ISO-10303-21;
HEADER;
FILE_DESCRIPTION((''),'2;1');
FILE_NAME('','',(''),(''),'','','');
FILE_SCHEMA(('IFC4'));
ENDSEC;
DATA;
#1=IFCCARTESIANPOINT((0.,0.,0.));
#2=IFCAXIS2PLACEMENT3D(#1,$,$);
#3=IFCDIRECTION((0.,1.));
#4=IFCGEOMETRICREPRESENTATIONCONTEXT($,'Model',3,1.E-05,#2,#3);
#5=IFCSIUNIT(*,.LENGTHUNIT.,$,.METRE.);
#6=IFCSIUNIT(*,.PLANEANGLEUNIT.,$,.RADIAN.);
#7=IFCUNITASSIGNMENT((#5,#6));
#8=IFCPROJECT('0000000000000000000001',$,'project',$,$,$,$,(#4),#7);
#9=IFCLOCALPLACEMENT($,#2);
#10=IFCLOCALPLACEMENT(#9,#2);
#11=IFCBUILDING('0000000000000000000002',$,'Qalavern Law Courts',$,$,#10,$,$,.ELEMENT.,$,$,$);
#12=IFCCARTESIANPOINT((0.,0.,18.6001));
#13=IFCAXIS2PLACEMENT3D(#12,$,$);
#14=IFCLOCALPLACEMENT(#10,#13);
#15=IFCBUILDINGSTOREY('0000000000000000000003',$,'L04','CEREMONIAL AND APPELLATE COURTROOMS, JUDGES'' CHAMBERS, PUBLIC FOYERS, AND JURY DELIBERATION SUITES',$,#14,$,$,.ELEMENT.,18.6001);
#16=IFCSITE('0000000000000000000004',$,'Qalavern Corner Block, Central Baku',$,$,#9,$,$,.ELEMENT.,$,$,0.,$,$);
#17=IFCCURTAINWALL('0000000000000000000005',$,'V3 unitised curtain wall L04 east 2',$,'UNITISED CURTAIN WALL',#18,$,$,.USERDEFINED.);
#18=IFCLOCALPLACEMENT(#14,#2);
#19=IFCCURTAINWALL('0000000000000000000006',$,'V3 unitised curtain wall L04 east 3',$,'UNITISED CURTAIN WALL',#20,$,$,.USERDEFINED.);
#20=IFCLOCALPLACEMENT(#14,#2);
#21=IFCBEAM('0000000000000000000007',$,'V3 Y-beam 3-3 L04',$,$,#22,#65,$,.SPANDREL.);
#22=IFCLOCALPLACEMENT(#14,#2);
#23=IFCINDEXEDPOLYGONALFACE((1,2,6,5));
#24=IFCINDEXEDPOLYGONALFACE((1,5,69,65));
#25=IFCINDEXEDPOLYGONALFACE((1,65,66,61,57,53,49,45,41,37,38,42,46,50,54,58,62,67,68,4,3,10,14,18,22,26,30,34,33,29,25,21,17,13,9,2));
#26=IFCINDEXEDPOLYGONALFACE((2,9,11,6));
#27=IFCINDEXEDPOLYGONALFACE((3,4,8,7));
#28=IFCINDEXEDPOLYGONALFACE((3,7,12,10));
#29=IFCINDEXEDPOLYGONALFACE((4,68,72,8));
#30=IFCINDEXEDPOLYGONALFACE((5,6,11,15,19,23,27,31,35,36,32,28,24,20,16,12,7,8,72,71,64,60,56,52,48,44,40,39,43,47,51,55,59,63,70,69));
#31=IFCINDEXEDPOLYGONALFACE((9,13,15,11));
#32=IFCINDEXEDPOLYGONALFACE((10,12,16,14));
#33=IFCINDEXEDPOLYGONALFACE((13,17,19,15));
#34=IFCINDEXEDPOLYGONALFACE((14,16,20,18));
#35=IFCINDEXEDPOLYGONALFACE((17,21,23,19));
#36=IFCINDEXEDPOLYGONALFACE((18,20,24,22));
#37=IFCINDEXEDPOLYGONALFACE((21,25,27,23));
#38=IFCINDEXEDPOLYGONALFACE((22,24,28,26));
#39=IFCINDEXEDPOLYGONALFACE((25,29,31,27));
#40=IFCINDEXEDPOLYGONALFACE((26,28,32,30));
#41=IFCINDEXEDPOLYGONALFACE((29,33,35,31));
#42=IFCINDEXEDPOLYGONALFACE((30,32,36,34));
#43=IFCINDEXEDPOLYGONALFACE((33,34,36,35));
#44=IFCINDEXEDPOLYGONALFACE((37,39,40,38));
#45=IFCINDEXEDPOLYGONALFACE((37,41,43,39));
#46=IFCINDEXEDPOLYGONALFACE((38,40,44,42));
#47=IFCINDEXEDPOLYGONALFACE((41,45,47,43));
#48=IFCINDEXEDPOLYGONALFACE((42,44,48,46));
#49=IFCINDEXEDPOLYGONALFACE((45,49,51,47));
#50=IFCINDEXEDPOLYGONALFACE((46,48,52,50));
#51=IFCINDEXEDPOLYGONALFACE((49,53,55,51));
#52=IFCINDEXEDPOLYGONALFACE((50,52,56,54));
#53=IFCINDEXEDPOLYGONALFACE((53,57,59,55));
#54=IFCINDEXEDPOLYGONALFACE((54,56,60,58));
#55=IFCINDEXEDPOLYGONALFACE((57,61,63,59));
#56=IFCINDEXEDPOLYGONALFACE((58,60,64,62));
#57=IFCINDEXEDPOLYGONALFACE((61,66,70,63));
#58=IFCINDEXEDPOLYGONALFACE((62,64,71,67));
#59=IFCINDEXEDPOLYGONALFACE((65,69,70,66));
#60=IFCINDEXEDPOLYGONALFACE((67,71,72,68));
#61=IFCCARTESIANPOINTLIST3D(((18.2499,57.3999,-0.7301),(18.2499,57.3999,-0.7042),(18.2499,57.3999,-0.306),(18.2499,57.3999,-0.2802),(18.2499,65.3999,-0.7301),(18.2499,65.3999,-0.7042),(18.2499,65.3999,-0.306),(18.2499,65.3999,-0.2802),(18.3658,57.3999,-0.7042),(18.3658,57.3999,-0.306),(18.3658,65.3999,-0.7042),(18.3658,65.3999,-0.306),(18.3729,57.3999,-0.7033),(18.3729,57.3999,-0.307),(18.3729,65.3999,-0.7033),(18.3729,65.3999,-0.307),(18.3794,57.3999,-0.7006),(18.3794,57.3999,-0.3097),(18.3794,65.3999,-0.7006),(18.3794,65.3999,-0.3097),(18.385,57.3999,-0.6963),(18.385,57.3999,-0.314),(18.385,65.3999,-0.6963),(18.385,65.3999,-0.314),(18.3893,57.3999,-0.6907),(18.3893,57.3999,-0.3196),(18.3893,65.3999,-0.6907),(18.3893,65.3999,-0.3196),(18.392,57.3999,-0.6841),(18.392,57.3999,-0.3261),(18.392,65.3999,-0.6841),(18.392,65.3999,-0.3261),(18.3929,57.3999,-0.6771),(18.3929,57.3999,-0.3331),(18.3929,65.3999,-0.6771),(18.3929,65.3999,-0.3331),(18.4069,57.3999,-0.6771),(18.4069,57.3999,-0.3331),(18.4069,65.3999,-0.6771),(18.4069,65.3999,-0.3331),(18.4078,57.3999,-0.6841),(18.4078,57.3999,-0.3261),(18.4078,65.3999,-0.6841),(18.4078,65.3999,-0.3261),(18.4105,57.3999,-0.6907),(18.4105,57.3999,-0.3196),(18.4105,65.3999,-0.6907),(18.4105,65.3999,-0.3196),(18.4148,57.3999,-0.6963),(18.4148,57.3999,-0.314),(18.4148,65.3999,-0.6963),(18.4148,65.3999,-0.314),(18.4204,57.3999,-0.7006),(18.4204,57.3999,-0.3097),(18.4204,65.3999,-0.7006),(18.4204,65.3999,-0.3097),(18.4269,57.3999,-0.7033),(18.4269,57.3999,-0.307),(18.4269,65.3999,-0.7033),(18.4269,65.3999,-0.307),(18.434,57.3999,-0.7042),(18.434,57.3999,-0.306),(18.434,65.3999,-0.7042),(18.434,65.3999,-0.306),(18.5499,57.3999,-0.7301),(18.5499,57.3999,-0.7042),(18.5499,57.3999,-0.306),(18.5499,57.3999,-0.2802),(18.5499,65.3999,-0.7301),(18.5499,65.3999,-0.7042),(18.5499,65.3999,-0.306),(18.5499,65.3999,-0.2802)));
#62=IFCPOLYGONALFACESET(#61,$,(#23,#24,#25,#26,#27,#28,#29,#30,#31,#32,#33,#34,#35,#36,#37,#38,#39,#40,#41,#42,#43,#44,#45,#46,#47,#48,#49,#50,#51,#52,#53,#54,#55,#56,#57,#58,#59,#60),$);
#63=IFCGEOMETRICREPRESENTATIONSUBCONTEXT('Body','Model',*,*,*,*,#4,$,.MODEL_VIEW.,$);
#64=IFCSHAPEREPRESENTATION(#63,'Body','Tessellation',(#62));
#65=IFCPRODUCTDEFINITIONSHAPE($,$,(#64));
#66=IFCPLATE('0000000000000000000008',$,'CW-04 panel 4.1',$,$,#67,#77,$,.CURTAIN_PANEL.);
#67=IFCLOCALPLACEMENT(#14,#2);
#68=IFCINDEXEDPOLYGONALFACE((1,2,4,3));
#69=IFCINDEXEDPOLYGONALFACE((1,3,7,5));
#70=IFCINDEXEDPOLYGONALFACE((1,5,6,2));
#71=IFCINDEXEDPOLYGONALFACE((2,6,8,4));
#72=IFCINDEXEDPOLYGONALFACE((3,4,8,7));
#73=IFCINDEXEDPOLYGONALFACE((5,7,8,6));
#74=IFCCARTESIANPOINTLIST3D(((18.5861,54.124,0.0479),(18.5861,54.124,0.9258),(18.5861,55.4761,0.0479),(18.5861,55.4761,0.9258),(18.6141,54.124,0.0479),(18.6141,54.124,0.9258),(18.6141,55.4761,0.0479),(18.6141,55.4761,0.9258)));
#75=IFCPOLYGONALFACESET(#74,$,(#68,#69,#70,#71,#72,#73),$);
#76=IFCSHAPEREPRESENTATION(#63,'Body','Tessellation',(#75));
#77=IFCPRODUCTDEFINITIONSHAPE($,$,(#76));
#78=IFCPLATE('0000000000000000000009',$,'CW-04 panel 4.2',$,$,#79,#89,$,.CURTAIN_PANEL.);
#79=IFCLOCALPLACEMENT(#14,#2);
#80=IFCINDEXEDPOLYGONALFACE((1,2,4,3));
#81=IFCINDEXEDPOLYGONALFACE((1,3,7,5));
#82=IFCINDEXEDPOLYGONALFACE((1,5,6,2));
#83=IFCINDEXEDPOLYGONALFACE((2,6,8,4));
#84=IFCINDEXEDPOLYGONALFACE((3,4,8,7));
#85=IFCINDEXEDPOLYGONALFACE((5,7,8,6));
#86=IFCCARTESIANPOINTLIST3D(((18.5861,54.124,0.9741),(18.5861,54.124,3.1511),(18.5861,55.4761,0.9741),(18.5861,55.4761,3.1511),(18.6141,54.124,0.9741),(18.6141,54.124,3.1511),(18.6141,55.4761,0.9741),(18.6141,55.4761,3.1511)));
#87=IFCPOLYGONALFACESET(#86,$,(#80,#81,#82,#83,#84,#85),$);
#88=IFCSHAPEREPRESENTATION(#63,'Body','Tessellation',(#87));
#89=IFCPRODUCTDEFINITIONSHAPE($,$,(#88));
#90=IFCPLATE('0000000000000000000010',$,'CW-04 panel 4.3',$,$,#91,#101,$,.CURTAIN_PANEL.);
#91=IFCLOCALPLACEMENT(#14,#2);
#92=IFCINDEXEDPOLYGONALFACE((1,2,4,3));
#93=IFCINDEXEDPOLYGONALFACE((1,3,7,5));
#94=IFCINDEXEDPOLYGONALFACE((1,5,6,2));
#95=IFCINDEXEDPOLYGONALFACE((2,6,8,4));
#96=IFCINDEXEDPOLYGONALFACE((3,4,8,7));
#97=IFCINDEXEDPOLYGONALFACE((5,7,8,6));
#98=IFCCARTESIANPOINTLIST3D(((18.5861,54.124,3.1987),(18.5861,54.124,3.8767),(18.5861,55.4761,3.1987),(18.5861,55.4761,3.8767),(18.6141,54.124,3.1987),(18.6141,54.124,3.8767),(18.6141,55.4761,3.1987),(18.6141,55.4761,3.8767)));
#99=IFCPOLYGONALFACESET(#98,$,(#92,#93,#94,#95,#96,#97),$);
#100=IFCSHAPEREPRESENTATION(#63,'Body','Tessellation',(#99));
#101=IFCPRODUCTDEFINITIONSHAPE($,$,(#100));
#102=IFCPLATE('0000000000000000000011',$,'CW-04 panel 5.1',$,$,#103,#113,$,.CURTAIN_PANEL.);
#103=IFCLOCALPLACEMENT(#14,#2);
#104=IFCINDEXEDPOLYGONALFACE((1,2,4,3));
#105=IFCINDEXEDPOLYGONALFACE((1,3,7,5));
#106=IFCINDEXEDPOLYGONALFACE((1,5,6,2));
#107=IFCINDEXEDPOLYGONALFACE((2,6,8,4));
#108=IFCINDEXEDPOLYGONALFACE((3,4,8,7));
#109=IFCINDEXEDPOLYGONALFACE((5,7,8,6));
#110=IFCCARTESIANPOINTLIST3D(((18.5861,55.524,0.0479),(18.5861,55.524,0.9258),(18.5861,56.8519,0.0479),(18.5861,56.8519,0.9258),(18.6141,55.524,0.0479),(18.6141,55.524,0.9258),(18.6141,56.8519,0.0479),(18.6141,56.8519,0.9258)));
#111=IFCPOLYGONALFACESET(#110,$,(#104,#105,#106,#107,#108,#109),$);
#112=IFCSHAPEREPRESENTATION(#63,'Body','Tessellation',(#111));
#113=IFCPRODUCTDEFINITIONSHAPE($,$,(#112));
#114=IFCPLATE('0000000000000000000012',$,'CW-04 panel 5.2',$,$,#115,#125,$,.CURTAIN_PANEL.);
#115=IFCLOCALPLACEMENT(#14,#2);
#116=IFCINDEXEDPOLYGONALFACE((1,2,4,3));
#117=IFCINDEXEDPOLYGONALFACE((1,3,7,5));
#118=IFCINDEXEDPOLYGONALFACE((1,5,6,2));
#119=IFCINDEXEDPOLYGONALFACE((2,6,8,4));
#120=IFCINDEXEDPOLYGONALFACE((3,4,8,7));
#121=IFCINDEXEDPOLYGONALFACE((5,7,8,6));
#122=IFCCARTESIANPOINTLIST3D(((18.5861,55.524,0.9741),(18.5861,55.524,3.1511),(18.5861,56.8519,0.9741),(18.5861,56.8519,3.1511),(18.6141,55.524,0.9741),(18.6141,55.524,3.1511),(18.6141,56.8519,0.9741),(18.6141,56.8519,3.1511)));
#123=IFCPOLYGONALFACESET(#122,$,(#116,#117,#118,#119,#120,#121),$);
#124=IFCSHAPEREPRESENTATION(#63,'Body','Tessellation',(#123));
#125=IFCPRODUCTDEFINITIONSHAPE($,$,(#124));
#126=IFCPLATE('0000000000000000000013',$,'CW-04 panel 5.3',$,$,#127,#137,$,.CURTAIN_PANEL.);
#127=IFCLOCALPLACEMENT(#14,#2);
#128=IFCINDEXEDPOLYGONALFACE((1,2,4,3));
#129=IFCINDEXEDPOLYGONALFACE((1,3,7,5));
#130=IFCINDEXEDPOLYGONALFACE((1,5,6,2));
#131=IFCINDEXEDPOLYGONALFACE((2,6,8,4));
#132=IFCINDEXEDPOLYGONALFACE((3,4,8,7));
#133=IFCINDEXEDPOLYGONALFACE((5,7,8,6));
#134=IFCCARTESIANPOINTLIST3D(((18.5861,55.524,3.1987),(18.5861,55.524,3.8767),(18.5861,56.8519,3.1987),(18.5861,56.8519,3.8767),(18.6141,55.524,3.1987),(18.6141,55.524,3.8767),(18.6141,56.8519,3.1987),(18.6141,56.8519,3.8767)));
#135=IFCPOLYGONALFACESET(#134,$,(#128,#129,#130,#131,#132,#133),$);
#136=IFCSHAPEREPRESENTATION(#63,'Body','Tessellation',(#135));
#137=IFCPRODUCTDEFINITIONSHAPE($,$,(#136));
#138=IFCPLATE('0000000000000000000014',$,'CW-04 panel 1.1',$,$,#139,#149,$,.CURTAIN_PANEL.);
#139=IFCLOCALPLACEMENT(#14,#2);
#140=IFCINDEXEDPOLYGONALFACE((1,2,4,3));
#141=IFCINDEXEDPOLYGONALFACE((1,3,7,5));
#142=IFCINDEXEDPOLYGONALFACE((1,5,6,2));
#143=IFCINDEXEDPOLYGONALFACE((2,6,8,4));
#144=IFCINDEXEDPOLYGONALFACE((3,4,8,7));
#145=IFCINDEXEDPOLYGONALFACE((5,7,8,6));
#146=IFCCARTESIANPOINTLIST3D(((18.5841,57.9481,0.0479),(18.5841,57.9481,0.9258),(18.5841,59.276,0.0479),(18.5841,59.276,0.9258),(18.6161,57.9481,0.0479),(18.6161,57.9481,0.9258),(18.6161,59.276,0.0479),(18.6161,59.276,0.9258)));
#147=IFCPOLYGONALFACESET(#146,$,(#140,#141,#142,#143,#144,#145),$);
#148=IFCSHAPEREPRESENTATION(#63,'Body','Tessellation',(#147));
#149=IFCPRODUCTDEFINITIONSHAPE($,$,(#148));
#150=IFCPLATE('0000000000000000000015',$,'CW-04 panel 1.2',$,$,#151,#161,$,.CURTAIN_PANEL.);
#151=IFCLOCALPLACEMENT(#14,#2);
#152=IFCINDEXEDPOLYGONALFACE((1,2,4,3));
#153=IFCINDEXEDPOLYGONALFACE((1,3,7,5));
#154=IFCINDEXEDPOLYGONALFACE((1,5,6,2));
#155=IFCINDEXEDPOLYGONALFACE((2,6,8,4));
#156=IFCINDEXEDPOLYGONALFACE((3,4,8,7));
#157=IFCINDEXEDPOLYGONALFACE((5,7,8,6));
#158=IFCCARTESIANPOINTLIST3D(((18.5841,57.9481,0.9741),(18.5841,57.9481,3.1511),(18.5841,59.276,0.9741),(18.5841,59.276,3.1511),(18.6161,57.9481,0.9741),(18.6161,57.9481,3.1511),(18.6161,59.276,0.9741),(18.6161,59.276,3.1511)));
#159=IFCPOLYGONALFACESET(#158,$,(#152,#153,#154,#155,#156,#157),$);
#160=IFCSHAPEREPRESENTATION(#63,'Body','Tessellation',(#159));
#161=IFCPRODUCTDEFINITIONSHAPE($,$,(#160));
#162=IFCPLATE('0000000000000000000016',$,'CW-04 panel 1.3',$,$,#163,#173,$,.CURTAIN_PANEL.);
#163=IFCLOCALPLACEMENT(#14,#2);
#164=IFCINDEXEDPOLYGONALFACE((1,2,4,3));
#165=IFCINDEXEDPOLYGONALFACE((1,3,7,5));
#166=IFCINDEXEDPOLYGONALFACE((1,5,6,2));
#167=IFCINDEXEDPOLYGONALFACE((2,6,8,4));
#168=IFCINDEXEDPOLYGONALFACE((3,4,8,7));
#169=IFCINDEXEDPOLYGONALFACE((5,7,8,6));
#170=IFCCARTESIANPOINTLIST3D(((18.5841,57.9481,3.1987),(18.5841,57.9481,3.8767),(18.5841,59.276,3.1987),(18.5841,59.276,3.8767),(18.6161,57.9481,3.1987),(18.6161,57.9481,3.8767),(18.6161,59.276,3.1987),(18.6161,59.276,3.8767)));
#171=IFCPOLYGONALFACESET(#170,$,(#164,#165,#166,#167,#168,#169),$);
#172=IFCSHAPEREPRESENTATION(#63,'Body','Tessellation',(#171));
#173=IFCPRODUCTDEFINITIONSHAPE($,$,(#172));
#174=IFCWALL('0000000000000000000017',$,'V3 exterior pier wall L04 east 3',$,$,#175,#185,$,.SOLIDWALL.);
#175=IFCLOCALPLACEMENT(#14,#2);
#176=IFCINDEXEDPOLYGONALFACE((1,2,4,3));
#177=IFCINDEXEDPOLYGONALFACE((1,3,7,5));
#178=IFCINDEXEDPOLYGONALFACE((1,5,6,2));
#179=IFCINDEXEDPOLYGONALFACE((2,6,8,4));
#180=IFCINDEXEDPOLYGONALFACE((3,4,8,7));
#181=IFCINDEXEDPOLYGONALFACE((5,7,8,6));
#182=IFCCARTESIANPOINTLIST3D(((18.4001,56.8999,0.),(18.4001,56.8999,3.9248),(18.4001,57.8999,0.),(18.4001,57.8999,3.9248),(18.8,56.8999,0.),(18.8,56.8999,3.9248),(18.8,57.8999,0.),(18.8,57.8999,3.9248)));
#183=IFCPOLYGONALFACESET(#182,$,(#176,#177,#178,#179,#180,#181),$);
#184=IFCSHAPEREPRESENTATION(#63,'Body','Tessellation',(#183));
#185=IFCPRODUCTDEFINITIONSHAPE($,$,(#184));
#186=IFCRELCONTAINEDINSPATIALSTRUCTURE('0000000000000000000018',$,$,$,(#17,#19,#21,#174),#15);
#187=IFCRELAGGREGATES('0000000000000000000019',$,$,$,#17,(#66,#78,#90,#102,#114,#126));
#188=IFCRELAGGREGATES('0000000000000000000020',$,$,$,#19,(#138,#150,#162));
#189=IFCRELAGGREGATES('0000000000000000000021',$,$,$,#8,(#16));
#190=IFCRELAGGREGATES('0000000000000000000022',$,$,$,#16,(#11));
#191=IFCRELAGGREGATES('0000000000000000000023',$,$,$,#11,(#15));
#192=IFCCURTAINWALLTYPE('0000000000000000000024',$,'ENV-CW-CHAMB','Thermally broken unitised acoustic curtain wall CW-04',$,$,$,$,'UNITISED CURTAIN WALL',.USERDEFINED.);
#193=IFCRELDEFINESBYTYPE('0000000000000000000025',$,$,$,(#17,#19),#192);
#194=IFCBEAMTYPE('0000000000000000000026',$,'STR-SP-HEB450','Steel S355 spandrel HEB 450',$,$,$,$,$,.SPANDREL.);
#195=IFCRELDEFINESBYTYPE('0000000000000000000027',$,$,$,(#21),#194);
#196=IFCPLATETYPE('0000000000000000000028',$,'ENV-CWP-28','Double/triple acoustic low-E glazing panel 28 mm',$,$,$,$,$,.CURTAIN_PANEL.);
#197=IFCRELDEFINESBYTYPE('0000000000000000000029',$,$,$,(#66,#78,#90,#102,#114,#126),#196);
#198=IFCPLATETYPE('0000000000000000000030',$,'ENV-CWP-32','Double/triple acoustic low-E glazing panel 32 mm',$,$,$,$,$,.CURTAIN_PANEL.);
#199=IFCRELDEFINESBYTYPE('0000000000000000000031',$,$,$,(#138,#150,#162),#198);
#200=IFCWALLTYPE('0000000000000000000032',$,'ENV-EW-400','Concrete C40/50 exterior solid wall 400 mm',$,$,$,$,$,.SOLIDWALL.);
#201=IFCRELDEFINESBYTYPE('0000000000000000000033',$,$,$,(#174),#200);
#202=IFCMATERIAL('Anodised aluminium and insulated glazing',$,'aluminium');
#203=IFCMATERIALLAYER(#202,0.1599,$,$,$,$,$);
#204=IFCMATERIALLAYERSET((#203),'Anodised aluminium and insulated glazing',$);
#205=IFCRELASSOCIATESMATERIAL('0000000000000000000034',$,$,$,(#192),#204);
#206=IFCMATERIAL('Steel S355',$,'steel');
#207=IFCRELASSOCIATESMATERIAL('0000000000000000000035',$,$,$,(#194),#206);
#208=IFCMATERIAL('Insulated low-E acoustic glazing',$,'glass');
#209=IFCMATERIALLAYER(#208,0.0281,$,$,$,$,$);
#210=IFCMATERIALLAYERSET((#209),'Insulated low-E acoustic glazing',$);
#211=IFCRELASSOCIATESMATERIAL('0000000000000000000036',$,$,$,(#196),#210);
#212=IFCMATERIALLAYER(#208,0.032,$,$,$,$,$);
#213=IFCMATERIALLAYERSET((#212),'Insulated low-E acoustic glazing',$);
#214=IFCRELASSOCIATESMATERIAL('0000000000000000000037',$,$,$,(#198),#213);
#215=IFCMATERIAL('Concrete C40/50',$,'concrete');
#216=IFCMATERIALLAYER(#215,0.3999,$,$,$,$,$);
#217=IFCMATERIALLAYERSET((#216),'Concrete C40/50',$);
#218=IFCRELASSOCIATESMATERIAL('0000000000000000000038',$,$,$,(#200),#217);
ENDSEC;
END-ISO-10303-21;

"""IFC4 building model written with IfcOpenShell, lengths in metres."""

from ifc_helpers import new_model, si_unit, direction, frame, frame_2d, origin, origin_2d, place, context, subcontext, project, spatial, rectangle, i_section, extrude, material, layer, layer_set, material_profile, profile_set, type_object, element, aggregate, save


model = new_model("IFC4")

# Units and contexts
model_context = context("Model", 3, precision=1e-05, world=origin(), true_north=direction((0.0, 1.0)))
body_context = subcontext(model_context, "Body", "Model", "MODEL_VIEW")
ifc_project = project(units=[si_unit("LENGTHUNIT", "METRE"), si_unit("PLANEANGLEUNIT", "RADIAN")], contexts=[model_context])

# Site, building, storey
site_placement = place(None, origin())
site = spatial("IfcSite", under=ifc_project, at=site_placement, Name="Qalavern Corner Block, Central Baku", CompositionType="ELEMENT", RefElevation=0.0)
building_placement = place(site_placement, origin())
building = spatial("IfcBuilding", under=site, at=building_placement, Name="Qalavern Law Courts", CompositionType="ELEMENT")
storey_placement = place(building_placement, frame((0.0, 0.0, 18.6001)))
storey = spatial("IfcBuildingStorey", under=building, at=storey_placement, Name="L04", Description="CEREMONIAL AND APPELLATE COURTROOMS, JUDGES' CHAMBERS, PUBLIC FOYERS, AND JURY DELIBERATION SUITES", CompositionType="ELEMENT", Elevation=18.6001)

# Curtain wall
ifc_material_1 = material(Name="Anodised aluminium and insulated glazing", Category="aluminium")
ifc_layer_1 = layer(ifc_material_1, 0.1599)
ifc_layer_set_1 = layer_set([ifc_layer_1], Name="Anodised aluminium and insulated glazing")
curtain_wall_type = type_object("IfcCurtainWallType", Name="ENV-CW-CHAMB", Description="Thermally broken unitised acoustic curtain wall CW-04", ElementType="UNITISED CURTAIN WALL", PredefinedType="USERDEFINED", material=ifc_layer_set_1)
curtain_wall_1_placement = place(storey_placement, origin())
curtain_wall_1 = element("IfcCurtainWall", 1, at=curtain_wall_1_placement, inside=storey, type_object=curtain_wall_type, Name="V3 unitised curtain wall L04 east 2", ObjectType="UNITISED CURTAIN WALL", PredefinedType="USERDEFINED")

# Curtain wall
curtain_wall_2_placement = place(storey_placement, origin())
curtain_wall_2 = element("IfcCurtainWall", 2, at=curtain_wall_2_placement, inside=storey, type_object=curtain_wall_type, Name="V3 unitised curtain wall L04 east 3", ObjectType="UNITISED CURTAIN WALL", PredefinedType="USERDEFINED")

# Beam
ifc_material_2 = material(Name="Steel S355", Category="steel")
ifc_material_profile_1 = material_profile(ifc_material_2, i_section(OverallWidth=0.3, OverallDepth=0.45, WebThickness=0.0139, FlangeThickness=0.0259, FilletRadius=0.0271, at=origin_2d()), Name="HEB 450")
ifc_profile_set_1 = profile_set([ifc_material_profile_1], Name="Steel S355")
beam_type_1 = type_object("IfcBeamType", Name="STR-SP-HEB450", Description="Steel S355 spandrel HEB 450", PredefinedType="SPANDREL", material=ifc_profile_set_1)
beam_1_placement = place(storey_placement, frame((18.3999, 57.3999, -0.5051), z_axis=(0.0, 1.0, 0.0), x_axis=(-1.0, 0.0, 0.0)))
element("IfcBeam", 3, at=beam_1_placement, inside=storey, type_object=beam_type_1, Name="V3 Y-beam 3-3 L04", PredefinedType="SPANDREL", context=body_context, shape_type="SweptSolid", body=[
    extrude(i_section(OverallWidth=0.3, OverallDepth=0.45, WebThickness=0.0139, FlangeThickness=0.0259, FilletRadius=0.0271, at=origin_2d()), origin(), (0.0, 0.0, 1.0), 8.0),
])

# Plates
ifc_material_3 = material(Name="Insulated low-E acoustic glazing", Category="glass")
ifc_layer_2 = layer(ifc_material_3, 0.0281)
ifc_layer_set_2 = layer_set([ifc_layer_2], Name="Insulated low-E acoustic glazing")
plate_type_1 = type_object("IfcPlateType", Name="ENV-CWP-28", Description="Double/triple acoustic low-E glazing panel 28 mm", PredefinedType="CURTAIN_PANEL", material=ifc_layer_set_2)
plate_1_placement = place(storey_placement, frame((18.6001, 54.8, 0.0479), z_axis=(0.0, 0.0, 1.0), x_axis=(0.0, 1.0, 0.0)))
plate_1 = element("IfcPlate", 4, at=plate_1_placement, type_object=plate_type_1, Name="CW-04 panel 4.1", PredefinedType="CURTAIN_PANEL", context=body_context, shape_type="SweptSolid", body=[
    extrude(rectangle(XDim=1.3521, YDim=0.0281, at=origin_2d()), origin(), (0.0, 0.0, 1.0), 0.8779),
])
plate_2_placement = place(storey_placement, frame((18.6001, 54.8, 0.9741), z_axis=(0.0, 0.0, 1.0), x_axis=(0.0, 1.0, 0.0)))
plate_2 = element("IfcPlate", 5, at=plate_2_placement, type_object=plate_type_1, Name="CW-04 panel 4.2", PredefinedType="CURTAIN_PANEL", context=body_context, shape_type="SweptSolid", body=[
    extrude(rectangle(XDim=1.3521, YDim=0.0281, at=origin_2d()), origin(), (0.0, 0.0, 1.0), 2.177),
])
plate_3_placement = place(storey_placement, frame((18.6001, 54.8, 3.1987), z_axis=(0.0, 0.0, 1.0), x_axis=(0.0, 1.0, 0.0)))
plate_3 = element("IfcPlate", 6, at=plate_3_placement, type_object=plate_type_1, Name="CW-04 panel 4.3", PredefinedType="CURTAIN_PANEL", context=body_context, shape_type="SweptSolid", body=[
    extrude(rectangle(XDim=1.3521, YDim=0.0281, at=origin_2d()), origin(), (0.0, 0.0, 1.0), 0.678),
])
plate_4_placement = place(storey_placement, frame((18.6001, 56.188, 0.0479), z_axis=(0.0, 0.0, 1.0), x_axis=(0.0, 1.0, 0.0)))
plate_4 = element("IfcPlate", 7, at=plate_4_placement, type_object=plate_type_1, Name="CW-04 panel 5.1", PredefinedType="CURTAIN_PANEL", context=body_context, shape_type="SweptSolid", body=[
    extrude(rectangle(XDim=1.3279, YDim=0.0281, at=origin_2d()), origin(), (0.0, 0.0, 1.0), 0.8779),
])
plate_5_placement = place(storey_placement, frame((18.6001, 56.188, 0.9741), z_axis=(0.0, 0.0, 1.0), x_axis=(0.0, 1.0, 0.0)))
plate_5 = element("IfcPlate", 8, at=plate_5_placement, type_object=plate_type_1, Name="CW-04 panel 5.2", PredefinedType="CURTAIN_PANEL", context=body_context, shape_type="SweptSolid", body=[
    extrude(rectangle(XDim=1.3279, YDim=0.0281, at=origin_2d()), origin(), (0.0, 0.0, 1.0), 2.177),
])
plate_6_placement = place(storey_placement, frame((18.6001, 56.188, 3.1987), z_axis=(0.0, 0.0, 1.0), x_axis=(0.0, 1.0, 0.0)))
plate_6 = element("IfcPlate", 9, at=plate_6_placement, type_object=plate_type_1, Name="CW-04 panel 5.3", PredefinedType="CURTAIN_PANEL", context=body_context, shape_type="SweptSolid", body=[
    extrude(rectangle(XDim=1.3279, YDim=0.0281, at=origin_2d()), origin(), (0.0, 0.0, 1.0), 0.678),
])
aggregate(curtain_wall_1, [plate_1, plate_2, plate_3, plate_4, plate_5, plate_6])
ifc_layer_3 = layer(ifc_material_3, 0.032)
ifc_layer_set_3 = layer_set([ifc_layer_3], Name="Insulated low-E acoustic glazing")
plate_type_2 = type_object("IfcPlateType", Name="ENV-CWP-32", Description="Double/triple acoustic low-E glazing panel 32 mm", PredefinedType="CURTAIN_PANEL", material=ifc_layer_set_3)
plate_7_placement = place(storey_placement, frame((18.6001, 58.6121, 0.0479), z_axis=(0.0, 0.0, 1.0), x_axis=(0.0, 1.0, 0.0)))
plate_7 = element("IfcPlate", 10, at=plate_7_placement, type_object=plate_type_2, Name="CW-04 panel 1.1", PredefinedType="CURTAIN_PANEL", context=body_context, shape_type="SweptSolid", body=[
    extrude(rectangle(XDim=1.3279, YDim=0.032, at=origin_2d()), origin(), (0.0, 0.0, 1.0), 0.8779),
])
plate_8_placement = place(storey_placement, frame((18.6001, 58.6121, 0.9741), z_axis=(0.0, 0.0, 1.0), x_axis=(0.0, 1.0, 0.0)))
plate_8 = element("IfcPlate", 11, at=plate_8_placement, type_object=plate_type_2, Name="CW-04 panel 1.2", PredefinedType="CURTAIN_PANEL", context=body_context, shape_type="SweptSolid", body=[
    extrude(rectangle(XDim=1.3279, YDim=0.032, at=origin_2d()), origin(), (0.0, 0.0, 1.0), 2.177),
])
plate_9_placement = place(storey_placement, frame((18.6001, 58.6121, 3.1987), z_axis=(0.0, 0.0, 1.0), x_axis=(0.0, 1.0, 0.0)))
plate_9 = element("IfcPlate", 12, at=plate_9_placement, type_object=plate_type_2, Name="CW-04 panel 1.3", PredefinedType="CURTAIN_PANEL", context=body_context, shape_type="SweptSolid", body=[
    extrude(rectangle(XDim=1.3279, YDim=0.032, at=origin_2d()), origin(), (0.0, 0.0, 1.0), 0.678),
])
aggregate(curtain_wall_2, [plate_7, plate_8, plate_9])

# Wall
ifc_material_4 = material(Name="Concrete C40/50", Category="concrete")
ifc_layer_4 = layer(ifc_material_4, 0.3999)
ifc_layer_set_4 = layer_set([ifc_layer_4], Name="Concrete C40/50")
wall_type = type_object("IfcWallType", Name="ENV-EW-400", Description="Concrete C40/50 exterior solid wall 400 mm", PredefinedType="SOLIDWALL", material=ifc_layer_set_4)
wall_placement = place(storey_placement, frame((18.6001, 56.8999, 0.0), z_axis=(0.0, 0.0, 1.0), x_axis=(0.0, 1.0, 0.0)))
element("IfcWall", 13, at=wall_placement, inside=storey, type_object=wall_type, Name="V3 exterior pier wall L04 east 3", PredefinedType="SOLIDWALL", context=body_context, shape_type="SweptSolid", body=[
    extrude(rectangle(XDim=1.0, YDim=0.3999, at=frame_2d((0.5, 0.0))), origin(), (0.0, 0.0, 1.0), 3.9248),
])

save(model, "model.ifc")
